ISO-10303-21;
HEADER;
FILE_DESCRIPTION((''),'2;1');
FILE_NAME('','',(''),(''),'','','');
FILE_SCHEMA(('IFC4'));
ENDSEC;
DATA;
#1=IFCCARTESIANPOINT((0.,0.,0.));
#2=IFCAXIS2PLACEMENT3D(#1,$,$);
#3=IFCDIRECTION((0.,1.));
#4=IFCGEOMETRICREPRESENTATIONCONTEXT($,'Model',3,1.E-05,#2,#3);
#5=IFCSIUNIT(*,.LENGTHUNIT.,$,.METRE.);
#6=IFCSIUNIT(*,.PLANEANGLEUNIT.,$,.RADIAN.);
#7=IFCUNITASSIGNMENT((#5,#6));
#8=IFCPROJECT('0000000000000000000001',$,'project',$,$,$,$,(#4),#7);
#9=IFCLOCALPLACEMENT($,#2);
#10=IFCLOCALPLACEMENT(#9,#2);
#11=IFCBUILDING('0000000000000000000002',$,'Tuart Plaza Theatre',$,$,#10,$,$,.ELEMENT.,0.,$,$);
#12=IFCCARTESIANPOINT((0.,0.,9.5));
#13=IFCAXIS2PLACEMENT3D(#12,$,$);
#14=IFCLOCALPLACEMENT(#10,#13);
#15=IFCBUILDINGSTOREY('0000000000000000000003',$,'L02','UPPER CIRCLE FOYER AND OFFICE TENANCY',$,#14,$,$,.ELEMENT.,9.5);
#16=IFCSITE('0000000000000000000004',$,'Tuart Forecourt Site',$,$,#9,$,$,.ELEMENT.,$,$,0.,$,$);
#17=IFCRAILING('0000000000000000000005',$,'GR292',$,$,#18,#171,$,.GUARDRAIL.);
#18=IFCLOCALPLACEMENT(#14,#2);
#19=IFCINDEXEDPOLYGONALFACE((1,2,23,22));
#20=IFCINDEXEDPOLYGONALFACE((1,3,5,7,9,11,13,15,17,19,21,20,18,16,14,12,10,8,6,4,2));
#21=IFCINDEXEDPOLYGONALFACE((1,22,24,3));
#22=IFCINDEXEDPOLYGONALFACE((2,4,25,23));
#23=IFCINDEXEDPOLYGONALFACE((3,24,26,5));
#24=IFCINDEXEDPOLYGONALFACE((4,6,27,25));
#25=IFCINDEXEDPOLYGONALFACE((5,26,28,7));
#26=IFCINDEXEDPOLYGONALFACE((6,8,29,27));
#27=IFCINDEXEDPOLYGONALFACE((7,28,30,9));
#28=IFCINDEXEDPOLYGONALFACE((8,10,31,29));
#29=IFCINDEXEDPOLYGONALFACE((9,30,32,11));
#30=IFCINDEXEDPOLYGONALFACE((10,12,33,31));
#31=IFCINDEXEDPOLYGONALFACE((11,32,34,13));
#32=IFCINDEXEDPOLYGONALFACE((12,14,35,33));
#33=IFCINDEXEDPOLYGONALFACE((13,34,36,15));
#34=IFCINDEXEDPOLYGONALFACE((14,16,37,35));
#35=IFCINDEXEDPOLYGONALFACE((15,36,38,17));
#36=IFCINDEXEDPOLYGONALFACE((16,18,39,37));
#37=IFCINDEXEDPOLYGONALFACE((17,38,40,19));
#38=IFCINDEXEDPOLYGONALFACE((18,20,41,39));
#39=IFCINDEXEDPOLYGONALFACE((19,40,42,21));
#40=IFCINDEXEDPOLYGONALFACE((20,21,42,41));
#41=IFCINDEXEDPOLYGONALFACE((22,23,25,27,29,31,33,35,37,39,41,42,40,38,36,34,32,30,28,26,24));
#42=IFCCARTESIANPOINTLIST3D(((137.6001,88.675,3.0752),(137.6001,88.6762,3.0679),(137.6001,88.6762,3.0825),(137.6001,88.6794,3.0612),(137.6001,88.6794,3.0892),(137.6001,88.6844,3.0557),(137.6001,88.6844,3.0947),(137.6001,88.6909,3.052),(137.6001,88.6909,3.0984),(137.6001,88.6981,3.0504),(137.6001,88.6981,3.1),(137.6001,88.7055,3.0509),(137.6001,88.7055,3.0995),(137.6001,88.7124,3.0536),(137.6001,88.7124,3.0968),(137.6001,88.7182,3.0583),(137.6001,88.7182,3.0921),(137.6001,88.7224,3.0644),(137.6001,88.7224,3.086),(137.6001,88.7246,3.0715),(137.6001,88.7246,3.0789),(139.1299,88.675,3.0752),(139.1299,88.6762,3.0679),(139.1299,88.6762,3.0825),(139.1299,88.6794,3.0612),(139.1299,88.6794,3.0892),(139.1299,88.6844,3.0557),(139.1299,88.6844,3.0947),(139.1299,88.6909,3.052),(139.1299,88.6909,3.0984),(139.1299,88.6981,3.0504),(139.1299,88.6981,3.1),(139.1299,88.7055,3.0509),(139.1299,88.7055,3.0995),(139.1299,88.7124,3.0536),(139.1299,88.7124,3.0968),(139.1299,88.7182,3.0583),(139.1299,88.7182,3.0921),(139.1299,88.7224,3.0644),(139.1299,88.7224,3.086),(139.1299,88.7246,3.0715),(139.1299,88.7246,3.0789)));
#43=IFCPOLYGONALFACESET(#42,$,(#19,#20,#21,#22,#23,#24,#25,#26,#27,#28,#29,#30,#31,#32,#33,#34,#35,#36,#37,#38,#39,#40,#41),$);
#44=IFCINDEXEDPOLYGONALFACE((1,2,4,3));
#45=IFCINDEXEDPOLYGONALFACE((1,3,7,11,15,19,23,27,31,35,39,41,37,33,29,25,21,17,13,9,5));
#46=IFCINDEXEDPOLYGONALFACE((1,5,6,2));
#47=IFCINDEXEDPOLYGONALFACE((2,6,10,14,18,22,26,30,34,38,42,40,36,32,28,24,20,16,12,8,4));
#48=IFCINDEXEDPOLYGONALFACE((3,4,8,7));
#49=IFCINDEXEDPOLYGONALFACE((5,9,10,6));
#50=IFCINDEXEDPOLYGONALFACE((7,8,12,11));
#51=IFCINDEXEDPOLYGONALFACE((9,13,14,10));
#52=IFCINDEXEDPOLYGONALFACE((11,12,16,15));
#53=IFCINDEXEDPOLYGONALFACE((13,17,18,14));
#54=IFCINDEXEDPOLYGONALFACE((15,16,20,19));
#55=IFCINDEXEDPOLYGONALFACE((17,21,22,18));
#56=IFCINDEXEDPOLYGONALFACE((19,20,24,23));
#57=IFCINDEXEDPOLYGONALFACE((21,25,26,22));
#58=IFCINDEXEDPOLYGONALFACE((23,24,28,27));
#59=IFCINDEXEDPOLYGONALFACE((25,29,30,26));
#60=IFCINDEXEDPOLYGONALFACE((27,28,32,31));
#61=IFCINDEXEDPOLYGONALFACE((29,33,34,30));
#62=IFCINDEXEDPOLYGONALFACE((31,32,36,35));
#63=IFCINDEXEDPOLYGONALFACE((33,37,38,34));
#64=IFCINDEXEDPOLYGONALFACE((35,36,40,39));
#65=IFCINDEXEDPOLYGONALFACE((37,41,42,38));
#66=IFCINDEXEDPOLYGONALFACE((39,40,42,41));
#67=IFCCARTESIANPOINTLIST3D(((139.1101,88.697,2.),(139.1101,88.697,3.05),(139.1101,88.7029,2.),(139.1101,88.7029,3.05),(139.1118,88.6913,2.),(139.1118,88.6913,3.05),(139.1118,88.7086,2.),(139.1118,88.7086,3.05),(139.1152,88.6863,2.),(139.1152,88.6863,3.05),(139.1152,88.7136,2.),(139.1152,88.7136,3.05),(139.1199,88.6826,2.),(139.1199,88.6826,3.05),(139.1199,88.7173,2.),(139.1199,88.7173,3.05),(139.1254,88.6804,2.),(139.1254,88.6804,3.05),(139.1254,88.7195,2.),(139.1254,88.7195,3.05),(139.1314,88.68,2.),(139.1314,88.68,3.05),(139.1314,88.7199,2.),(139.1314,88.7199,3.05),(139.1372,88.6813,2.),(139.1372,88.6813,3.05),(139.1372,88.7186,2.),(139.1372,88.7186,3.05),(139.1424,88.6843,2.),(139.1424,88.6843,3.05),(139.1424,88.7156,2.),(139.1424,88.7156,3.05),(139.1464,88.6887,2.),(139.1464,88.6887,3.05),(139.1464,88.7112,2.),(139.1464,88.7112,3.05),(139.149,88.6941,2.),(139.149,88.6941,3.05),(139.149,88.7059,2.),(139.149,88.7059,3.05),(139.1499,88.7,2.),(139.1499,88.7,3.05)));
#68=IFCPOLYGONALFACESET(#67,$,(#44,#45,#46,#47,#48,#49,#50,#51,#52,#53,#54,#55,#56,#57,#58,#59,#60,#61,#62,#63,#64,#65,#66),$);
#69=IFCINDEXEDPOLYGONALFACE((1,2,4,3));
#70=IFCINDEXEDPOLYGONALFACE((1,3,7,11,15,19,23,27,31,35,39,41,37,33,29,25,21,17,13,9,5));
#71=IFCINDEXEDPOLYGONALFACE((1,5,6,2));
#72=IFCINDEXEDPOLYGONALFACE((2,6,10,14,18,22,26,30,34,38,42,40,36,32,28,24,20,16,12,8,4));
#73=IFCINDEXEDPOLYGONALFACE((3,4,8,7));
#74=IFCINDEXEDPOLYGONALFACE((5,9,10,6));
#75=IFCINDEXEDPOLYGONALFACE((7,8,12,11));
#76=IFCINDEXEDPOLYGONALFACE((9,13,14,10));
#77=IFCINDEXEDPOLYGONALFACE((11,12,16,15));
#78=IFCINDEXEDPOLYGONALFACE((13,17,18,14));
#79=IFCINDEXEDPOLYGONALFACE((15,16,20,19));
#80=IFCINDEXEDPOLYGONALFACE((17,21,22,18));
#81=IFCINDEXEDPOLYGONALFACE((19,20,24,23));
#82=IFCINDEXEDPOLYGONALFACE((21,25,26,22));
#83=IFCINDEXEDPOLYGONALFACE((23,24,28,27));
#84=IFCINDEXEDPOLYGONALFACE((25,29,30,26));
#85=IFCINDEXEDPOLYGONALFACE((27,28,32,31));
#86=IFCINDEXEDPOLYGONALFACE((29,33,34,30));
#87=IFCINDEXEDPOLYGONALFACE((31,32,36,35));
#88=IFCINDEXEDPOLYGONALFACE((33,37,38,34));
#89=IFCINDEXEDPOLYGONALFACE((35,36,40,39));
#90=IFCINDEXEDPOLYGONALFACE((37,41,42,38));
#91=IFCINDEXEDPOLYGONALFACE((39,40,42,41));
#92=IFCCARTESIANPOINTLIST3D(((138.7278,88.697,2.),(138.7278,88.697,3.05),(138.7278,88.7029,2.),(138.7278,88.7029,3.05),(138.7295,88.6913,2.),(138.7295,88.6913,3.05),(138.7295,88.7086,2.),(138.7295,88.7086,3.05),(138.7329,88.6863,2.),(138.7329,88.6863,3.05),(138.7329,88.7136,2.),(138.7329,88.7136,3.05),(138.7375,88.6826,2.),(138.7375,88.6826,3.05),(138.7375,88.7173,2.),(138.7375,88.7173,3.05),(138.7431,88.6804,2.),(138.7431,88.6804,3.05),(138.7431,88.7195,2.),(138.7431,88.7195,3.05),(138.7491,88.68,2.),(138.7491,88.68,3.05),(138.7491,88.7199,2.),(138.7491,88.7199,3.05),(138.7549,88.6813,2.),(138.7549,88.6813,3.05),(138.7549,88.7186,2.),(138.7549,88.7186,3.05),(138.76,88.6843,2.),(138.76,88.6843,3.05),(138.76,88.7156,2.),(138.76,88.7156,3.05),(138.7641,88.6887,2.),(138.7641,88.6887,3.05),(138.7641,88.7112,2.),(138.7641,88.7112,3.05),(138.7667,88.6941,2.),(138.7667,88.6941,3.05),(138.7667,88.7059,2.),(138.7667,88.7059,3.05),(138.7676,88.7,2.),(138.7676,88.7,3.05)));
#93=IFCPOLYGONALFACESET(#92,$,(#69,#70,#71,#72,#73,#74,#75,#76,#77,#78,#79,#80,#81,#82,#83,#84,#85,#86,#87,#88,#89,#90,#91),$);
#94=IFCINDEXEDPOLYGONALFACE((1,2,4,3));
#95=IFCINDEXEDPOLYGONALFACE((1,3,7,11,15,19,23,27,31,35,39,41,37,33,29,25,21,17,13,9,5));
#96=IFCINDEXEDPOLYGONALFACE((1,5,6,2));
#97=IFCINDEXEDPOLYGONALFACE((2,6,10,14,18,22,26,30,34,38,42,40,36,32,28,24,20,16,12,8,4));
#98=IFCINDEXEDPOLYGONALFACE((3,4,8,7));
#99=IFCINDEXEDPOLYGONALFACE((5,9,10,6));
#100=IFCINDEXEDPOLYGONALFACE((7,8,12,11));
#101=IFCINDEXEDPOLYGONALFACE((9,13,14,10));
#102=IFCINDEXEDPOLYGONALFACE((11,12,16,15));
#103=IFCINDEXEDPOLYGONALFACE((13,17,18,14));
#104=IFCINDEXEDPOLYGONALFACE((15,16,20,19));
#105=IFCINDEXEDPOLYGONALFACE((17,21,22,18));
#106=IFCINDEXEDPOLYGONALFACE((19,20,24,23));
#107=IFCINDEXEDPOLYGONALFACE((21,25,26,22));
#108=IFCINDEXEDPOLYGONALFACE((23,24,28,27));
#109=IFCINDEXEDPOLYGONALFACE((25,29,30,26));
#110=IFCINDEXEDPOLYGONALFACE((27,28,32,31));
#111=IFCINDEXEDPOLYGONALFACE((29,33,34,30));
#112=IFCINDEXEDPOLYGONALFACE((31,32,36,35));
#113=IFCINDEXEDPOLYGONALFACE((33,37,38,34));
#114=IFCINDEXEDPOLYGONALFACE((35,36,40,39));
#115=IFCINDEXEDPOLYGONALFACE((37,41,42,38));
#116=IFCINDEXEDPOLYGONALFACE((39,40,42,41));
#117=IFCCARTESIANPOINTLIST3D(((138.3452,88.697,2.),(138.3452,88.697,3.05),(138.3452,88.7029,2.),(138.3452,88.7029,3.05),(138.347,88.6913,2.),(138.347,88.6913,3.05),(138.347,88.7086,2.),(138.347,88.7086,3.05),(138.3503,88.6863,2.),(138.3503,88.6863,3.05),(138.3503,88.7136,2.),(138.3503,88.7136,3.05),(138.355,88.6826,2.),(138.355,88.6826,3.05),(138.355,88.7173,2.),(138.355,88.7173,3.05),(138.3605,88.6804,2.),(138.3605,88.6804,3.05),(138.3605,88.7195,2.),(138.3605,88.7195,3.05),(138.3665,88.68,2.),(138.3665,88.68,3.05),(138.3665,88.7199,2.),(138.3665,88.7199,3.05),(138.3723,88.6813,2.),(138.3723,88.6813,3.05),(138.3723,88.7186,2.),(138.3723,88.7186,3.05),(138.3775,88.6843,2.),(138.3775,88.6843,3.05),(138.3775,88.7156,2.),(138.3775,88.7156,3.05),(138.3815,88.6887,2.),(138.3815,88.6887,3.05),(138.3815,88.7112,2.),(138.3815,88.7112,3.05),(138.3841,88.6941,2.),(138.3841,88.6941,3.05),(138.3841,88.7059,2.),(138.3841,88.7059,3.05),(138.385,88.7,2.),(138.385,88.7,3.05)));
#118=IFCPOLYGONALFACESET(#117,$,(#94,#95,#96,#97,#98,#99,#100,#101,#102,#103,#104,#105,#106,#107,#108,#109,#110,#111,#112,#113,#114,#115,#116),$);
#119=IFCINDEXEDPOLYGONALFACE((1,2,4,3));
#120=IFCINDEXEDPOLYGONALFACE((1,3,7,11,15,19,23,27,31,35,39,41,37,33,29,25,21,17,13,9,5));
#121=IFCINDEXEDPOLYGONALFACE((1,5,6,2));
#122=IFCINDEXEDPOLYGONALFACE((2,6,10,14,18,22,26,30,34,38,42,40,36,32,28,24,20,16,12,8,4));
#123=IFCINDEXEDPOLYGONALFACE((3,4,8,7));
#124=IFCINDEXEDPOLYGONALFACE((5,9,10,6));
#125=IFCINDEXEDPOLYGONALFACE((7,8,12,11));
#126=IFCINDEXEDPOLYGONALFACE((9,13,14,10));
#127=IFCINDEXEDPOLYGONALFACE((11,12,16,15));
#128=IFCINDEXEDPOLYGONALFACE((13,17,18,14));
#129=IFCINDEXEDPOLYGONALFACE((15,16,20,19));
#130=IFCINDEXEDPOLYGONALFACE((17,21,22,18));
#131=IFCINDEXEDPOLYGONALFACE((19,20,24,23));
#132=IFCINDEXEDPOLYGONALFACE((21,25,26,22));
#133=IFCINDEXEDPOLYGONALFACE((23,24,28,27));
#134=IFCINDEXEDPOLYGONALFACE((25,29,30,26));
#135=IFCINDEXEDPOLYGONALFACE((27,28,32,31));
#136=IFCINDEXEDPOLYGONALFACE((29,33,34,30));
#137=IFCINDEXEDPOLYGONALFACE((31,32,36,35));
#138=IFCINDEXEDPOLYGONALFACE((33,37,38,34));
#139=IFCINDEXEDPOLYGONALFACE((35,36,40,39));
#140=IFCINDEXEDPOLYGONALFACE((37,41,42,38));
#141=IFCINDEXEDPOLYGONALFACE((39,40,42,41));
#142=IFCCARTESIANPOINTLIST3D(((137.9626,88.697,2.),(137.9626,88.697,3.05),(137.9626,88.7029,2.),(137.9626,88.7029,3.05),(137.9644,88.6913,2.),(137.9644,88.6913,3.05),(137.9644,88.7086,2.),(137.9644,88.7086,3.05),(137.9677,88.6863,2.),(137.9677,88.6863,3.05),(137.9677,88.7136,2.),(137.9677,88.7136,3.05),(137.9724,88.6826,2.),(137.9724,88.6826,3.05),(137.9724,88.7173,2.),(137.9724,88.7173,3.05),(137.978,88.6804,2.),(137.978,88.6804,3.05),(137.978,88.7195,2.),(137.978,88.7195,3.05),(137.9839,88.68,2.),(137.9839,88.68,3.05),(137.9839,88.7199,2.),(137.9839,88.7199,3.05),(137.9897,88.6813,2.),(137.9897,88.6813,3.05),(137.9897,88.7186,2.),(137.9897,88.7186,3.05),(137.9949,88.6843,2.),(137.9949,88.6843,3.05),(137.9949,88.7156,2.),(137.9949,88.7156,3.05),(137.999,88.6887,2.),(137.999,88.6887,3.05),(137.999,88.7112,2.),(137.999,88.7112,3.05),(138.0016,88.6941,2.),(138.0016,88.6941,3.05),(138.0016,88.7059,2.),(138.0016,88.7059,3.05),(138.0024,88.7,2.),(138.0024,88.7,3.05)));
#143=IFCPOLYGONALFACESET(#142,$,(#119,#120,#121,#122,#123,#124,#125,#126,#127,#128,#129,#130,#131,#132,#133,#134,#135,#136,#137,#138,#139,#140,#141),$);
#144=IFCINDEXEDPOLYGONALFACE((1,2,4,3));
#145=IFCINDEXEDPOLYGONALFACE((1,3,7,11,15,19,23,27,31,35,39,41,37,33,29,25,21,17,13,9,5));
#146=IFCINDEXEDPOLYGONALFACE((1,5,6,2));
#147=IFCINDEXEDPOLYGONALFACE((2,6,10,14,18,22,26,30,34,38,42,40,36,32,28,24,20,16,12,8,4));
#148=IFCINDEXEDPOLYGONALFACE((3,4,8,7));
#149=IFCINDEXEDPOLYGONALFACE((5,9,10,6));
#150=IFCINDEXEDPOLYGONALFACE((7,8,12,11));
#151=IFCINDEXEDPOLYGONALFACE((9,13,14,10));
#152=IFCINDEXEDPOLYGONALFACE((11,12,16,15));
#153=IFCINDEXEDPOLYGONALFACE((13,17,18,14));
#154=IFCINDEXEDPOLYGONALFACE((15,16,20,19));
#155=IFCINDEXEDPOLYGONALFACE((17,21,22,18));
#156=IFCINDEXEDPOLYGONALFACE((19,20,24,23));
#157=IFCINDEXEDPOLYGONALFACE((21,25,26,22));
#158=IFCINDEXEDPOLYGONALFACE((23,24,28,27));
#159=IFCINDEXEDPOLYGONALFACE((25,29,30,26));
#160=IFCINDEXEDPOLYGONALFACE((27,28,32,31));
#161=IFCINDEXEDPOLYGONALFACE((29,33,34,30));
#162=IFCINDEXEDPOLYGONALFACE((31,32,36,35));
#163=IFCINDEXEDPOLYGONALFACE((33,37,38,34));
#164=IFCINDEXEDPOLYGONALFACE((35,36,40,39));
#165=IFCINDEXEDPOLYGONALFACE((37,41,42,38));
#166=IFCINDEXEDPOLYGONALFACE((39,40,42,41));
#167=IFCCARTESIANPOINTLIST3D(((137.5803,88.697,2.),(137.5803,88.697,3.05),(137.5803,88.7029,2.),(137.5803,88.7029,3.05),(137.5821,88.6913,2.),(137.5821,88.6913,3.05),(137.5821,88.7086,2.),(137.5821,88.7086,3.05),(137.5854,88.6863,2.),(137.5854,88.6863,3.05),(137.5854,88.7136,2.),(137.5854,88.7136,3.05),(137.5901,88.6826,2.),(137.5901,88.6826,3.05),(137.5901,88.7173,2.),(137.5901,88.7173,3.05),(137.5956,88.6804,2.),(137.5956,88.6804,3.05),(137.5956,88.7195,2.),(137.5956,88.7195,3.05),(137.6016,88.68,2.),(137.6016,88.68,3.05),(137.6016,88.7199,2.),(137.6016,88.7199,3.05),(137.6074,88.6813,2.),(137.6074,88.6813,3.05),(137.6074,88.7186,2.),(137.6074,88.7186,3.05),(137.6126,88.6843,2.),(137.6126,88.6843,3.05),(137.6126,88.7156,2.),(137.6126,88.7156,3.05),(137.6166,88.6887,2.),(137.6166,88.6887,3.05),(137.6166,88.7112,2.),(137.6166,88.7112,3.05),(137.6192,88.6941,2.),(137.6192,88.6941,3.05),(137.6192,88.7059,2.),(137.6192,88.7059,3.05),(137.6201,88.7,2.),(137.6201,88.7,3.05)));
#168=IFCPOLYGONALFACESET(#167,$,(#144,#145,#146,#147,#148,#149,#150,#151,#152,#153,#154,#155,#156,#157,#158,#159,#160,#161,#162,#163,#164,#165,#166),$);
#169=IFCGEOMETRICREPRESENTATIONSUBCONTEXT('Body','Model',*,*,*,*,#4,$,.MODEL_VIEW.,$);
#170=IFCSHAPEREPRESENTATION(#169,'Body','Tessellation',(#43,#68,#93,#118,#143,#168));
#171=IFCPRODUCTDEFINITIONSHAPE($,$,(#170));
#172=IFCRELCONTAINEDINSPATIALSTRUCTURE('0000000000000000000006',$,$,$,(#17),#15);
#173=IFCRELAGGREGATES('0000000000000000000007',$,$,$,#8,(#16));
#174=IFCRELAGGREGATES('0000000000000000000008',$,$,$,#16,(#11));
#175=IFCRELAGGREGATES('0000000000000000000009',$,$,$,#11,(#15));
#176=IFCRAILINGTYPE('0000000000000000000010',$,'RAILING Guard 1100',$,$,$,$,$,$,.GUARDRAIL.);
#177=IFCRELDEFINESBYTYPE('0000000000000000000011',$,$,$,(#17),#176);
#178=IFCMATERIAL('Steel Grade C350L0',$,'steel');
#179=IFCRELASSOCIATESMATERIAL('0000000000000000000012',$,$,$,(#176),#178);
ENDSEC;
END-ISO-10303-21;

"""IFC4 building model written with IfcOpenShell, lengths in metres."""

from ifc_helpers import new_model, si_unit, direction, frame, origin, origin_2d, place, context, subcontext, project, spatial, circle, extrude, material, type_object, element, save


model = new_model("IFC4")

# Units and contexts
model_context = context("Model", 3, precision=1e-05, world=origin(), true_north=direction((0.0, 1.0)))
body_context = subcontext(model_context, "Body", "Model", "MODEL_VIEW")
ifc_project = project(units=[si_unit("LENGTHUNIT", "METRE"), si_unit("PLANEANGLEUNIT", "RADIAN")], contexts=[model_context])

# Site, building, storey
site_placement = place(None, origin())
site = spatial("IfcSite", under=ifc_project, at=site_placement, Name="Tuart Forecourt Site", CompositionType="ELEMENT", RefElevation=0.0)
building_placement = place(site_placement, origin())
building = spatial("IfcBuilding", under=site, at=building_placement, Name="Tuart Plaza Theatre", CompositionType="ELEMENT", ElevationOfRefHeight=0.0)
storey_placement = place(building_placement, frame((0.0, 0.0, 9.5)))
storey = spatial("IfcBuildingStorey", under=building, at=storey_placement, Name="L02", Description="UPPER CIRCLE FOYER AND OFFICE TENANCY", CompositionType="ELEMENT", Elevation=9.5)

# Railing
ifc_material_1 = material(Name="Steel Grade C350L0", Category="steel")
railing_type_1 = type_object("IfcRailingType", Name="RAILING Guard 1100", PredefinedType="GUARDRAIL", material=ifc_material_1)
railing_1_placement = place(storey_placement, frame((139.1299, 88.7, 2.0)))
element("IfcRailing", 1, at=railing_1_placement, inside=storey, type_object=railing_type_1, Name="GR292", PredefinedType="GUARDRAIL", context=body_context, shape_type="SweptSolid", body=[
    extrude(circle(Radius=0.0249, at=origin_2d()), frame((0.0, 0.0, 1.0752), z_axis=(-1.0, 0.0, 0.0), x_axis=(0.0, -1.0, 0.0)), (0.0, 0.0, 1.0), 1.5298),
    extrude(circle(Radius=0.02, at=origin_2d()), origin(), (0.0, 0.0, 1.0), 1.05),
    extrude(circle(Radius=0.02, at=origin_2d()), frame((-0.3823, 0.0, 0.0)), (0.0, 0.0, 1.0), 1.05),
    extrude(circle(Radius=0.02, at=origin_2d()), frame((-0.7649, 0.0, 0.0)), (0.0, 0.0, 1.0), 1.05),
    extrude(circle(Radius=0.02, at=origin_2d()), frame((-1.1475, 0.0, 0.0)), (0.0, 0.0, 1.0), 1.05),
    extrude(circle(Radius=0.02, at=origin_2d()), frame((-1.5298, 0.0, 0.0)), (0.0, 0.0, 1.0), 1.05),
])

save(model, "model.ifc")
